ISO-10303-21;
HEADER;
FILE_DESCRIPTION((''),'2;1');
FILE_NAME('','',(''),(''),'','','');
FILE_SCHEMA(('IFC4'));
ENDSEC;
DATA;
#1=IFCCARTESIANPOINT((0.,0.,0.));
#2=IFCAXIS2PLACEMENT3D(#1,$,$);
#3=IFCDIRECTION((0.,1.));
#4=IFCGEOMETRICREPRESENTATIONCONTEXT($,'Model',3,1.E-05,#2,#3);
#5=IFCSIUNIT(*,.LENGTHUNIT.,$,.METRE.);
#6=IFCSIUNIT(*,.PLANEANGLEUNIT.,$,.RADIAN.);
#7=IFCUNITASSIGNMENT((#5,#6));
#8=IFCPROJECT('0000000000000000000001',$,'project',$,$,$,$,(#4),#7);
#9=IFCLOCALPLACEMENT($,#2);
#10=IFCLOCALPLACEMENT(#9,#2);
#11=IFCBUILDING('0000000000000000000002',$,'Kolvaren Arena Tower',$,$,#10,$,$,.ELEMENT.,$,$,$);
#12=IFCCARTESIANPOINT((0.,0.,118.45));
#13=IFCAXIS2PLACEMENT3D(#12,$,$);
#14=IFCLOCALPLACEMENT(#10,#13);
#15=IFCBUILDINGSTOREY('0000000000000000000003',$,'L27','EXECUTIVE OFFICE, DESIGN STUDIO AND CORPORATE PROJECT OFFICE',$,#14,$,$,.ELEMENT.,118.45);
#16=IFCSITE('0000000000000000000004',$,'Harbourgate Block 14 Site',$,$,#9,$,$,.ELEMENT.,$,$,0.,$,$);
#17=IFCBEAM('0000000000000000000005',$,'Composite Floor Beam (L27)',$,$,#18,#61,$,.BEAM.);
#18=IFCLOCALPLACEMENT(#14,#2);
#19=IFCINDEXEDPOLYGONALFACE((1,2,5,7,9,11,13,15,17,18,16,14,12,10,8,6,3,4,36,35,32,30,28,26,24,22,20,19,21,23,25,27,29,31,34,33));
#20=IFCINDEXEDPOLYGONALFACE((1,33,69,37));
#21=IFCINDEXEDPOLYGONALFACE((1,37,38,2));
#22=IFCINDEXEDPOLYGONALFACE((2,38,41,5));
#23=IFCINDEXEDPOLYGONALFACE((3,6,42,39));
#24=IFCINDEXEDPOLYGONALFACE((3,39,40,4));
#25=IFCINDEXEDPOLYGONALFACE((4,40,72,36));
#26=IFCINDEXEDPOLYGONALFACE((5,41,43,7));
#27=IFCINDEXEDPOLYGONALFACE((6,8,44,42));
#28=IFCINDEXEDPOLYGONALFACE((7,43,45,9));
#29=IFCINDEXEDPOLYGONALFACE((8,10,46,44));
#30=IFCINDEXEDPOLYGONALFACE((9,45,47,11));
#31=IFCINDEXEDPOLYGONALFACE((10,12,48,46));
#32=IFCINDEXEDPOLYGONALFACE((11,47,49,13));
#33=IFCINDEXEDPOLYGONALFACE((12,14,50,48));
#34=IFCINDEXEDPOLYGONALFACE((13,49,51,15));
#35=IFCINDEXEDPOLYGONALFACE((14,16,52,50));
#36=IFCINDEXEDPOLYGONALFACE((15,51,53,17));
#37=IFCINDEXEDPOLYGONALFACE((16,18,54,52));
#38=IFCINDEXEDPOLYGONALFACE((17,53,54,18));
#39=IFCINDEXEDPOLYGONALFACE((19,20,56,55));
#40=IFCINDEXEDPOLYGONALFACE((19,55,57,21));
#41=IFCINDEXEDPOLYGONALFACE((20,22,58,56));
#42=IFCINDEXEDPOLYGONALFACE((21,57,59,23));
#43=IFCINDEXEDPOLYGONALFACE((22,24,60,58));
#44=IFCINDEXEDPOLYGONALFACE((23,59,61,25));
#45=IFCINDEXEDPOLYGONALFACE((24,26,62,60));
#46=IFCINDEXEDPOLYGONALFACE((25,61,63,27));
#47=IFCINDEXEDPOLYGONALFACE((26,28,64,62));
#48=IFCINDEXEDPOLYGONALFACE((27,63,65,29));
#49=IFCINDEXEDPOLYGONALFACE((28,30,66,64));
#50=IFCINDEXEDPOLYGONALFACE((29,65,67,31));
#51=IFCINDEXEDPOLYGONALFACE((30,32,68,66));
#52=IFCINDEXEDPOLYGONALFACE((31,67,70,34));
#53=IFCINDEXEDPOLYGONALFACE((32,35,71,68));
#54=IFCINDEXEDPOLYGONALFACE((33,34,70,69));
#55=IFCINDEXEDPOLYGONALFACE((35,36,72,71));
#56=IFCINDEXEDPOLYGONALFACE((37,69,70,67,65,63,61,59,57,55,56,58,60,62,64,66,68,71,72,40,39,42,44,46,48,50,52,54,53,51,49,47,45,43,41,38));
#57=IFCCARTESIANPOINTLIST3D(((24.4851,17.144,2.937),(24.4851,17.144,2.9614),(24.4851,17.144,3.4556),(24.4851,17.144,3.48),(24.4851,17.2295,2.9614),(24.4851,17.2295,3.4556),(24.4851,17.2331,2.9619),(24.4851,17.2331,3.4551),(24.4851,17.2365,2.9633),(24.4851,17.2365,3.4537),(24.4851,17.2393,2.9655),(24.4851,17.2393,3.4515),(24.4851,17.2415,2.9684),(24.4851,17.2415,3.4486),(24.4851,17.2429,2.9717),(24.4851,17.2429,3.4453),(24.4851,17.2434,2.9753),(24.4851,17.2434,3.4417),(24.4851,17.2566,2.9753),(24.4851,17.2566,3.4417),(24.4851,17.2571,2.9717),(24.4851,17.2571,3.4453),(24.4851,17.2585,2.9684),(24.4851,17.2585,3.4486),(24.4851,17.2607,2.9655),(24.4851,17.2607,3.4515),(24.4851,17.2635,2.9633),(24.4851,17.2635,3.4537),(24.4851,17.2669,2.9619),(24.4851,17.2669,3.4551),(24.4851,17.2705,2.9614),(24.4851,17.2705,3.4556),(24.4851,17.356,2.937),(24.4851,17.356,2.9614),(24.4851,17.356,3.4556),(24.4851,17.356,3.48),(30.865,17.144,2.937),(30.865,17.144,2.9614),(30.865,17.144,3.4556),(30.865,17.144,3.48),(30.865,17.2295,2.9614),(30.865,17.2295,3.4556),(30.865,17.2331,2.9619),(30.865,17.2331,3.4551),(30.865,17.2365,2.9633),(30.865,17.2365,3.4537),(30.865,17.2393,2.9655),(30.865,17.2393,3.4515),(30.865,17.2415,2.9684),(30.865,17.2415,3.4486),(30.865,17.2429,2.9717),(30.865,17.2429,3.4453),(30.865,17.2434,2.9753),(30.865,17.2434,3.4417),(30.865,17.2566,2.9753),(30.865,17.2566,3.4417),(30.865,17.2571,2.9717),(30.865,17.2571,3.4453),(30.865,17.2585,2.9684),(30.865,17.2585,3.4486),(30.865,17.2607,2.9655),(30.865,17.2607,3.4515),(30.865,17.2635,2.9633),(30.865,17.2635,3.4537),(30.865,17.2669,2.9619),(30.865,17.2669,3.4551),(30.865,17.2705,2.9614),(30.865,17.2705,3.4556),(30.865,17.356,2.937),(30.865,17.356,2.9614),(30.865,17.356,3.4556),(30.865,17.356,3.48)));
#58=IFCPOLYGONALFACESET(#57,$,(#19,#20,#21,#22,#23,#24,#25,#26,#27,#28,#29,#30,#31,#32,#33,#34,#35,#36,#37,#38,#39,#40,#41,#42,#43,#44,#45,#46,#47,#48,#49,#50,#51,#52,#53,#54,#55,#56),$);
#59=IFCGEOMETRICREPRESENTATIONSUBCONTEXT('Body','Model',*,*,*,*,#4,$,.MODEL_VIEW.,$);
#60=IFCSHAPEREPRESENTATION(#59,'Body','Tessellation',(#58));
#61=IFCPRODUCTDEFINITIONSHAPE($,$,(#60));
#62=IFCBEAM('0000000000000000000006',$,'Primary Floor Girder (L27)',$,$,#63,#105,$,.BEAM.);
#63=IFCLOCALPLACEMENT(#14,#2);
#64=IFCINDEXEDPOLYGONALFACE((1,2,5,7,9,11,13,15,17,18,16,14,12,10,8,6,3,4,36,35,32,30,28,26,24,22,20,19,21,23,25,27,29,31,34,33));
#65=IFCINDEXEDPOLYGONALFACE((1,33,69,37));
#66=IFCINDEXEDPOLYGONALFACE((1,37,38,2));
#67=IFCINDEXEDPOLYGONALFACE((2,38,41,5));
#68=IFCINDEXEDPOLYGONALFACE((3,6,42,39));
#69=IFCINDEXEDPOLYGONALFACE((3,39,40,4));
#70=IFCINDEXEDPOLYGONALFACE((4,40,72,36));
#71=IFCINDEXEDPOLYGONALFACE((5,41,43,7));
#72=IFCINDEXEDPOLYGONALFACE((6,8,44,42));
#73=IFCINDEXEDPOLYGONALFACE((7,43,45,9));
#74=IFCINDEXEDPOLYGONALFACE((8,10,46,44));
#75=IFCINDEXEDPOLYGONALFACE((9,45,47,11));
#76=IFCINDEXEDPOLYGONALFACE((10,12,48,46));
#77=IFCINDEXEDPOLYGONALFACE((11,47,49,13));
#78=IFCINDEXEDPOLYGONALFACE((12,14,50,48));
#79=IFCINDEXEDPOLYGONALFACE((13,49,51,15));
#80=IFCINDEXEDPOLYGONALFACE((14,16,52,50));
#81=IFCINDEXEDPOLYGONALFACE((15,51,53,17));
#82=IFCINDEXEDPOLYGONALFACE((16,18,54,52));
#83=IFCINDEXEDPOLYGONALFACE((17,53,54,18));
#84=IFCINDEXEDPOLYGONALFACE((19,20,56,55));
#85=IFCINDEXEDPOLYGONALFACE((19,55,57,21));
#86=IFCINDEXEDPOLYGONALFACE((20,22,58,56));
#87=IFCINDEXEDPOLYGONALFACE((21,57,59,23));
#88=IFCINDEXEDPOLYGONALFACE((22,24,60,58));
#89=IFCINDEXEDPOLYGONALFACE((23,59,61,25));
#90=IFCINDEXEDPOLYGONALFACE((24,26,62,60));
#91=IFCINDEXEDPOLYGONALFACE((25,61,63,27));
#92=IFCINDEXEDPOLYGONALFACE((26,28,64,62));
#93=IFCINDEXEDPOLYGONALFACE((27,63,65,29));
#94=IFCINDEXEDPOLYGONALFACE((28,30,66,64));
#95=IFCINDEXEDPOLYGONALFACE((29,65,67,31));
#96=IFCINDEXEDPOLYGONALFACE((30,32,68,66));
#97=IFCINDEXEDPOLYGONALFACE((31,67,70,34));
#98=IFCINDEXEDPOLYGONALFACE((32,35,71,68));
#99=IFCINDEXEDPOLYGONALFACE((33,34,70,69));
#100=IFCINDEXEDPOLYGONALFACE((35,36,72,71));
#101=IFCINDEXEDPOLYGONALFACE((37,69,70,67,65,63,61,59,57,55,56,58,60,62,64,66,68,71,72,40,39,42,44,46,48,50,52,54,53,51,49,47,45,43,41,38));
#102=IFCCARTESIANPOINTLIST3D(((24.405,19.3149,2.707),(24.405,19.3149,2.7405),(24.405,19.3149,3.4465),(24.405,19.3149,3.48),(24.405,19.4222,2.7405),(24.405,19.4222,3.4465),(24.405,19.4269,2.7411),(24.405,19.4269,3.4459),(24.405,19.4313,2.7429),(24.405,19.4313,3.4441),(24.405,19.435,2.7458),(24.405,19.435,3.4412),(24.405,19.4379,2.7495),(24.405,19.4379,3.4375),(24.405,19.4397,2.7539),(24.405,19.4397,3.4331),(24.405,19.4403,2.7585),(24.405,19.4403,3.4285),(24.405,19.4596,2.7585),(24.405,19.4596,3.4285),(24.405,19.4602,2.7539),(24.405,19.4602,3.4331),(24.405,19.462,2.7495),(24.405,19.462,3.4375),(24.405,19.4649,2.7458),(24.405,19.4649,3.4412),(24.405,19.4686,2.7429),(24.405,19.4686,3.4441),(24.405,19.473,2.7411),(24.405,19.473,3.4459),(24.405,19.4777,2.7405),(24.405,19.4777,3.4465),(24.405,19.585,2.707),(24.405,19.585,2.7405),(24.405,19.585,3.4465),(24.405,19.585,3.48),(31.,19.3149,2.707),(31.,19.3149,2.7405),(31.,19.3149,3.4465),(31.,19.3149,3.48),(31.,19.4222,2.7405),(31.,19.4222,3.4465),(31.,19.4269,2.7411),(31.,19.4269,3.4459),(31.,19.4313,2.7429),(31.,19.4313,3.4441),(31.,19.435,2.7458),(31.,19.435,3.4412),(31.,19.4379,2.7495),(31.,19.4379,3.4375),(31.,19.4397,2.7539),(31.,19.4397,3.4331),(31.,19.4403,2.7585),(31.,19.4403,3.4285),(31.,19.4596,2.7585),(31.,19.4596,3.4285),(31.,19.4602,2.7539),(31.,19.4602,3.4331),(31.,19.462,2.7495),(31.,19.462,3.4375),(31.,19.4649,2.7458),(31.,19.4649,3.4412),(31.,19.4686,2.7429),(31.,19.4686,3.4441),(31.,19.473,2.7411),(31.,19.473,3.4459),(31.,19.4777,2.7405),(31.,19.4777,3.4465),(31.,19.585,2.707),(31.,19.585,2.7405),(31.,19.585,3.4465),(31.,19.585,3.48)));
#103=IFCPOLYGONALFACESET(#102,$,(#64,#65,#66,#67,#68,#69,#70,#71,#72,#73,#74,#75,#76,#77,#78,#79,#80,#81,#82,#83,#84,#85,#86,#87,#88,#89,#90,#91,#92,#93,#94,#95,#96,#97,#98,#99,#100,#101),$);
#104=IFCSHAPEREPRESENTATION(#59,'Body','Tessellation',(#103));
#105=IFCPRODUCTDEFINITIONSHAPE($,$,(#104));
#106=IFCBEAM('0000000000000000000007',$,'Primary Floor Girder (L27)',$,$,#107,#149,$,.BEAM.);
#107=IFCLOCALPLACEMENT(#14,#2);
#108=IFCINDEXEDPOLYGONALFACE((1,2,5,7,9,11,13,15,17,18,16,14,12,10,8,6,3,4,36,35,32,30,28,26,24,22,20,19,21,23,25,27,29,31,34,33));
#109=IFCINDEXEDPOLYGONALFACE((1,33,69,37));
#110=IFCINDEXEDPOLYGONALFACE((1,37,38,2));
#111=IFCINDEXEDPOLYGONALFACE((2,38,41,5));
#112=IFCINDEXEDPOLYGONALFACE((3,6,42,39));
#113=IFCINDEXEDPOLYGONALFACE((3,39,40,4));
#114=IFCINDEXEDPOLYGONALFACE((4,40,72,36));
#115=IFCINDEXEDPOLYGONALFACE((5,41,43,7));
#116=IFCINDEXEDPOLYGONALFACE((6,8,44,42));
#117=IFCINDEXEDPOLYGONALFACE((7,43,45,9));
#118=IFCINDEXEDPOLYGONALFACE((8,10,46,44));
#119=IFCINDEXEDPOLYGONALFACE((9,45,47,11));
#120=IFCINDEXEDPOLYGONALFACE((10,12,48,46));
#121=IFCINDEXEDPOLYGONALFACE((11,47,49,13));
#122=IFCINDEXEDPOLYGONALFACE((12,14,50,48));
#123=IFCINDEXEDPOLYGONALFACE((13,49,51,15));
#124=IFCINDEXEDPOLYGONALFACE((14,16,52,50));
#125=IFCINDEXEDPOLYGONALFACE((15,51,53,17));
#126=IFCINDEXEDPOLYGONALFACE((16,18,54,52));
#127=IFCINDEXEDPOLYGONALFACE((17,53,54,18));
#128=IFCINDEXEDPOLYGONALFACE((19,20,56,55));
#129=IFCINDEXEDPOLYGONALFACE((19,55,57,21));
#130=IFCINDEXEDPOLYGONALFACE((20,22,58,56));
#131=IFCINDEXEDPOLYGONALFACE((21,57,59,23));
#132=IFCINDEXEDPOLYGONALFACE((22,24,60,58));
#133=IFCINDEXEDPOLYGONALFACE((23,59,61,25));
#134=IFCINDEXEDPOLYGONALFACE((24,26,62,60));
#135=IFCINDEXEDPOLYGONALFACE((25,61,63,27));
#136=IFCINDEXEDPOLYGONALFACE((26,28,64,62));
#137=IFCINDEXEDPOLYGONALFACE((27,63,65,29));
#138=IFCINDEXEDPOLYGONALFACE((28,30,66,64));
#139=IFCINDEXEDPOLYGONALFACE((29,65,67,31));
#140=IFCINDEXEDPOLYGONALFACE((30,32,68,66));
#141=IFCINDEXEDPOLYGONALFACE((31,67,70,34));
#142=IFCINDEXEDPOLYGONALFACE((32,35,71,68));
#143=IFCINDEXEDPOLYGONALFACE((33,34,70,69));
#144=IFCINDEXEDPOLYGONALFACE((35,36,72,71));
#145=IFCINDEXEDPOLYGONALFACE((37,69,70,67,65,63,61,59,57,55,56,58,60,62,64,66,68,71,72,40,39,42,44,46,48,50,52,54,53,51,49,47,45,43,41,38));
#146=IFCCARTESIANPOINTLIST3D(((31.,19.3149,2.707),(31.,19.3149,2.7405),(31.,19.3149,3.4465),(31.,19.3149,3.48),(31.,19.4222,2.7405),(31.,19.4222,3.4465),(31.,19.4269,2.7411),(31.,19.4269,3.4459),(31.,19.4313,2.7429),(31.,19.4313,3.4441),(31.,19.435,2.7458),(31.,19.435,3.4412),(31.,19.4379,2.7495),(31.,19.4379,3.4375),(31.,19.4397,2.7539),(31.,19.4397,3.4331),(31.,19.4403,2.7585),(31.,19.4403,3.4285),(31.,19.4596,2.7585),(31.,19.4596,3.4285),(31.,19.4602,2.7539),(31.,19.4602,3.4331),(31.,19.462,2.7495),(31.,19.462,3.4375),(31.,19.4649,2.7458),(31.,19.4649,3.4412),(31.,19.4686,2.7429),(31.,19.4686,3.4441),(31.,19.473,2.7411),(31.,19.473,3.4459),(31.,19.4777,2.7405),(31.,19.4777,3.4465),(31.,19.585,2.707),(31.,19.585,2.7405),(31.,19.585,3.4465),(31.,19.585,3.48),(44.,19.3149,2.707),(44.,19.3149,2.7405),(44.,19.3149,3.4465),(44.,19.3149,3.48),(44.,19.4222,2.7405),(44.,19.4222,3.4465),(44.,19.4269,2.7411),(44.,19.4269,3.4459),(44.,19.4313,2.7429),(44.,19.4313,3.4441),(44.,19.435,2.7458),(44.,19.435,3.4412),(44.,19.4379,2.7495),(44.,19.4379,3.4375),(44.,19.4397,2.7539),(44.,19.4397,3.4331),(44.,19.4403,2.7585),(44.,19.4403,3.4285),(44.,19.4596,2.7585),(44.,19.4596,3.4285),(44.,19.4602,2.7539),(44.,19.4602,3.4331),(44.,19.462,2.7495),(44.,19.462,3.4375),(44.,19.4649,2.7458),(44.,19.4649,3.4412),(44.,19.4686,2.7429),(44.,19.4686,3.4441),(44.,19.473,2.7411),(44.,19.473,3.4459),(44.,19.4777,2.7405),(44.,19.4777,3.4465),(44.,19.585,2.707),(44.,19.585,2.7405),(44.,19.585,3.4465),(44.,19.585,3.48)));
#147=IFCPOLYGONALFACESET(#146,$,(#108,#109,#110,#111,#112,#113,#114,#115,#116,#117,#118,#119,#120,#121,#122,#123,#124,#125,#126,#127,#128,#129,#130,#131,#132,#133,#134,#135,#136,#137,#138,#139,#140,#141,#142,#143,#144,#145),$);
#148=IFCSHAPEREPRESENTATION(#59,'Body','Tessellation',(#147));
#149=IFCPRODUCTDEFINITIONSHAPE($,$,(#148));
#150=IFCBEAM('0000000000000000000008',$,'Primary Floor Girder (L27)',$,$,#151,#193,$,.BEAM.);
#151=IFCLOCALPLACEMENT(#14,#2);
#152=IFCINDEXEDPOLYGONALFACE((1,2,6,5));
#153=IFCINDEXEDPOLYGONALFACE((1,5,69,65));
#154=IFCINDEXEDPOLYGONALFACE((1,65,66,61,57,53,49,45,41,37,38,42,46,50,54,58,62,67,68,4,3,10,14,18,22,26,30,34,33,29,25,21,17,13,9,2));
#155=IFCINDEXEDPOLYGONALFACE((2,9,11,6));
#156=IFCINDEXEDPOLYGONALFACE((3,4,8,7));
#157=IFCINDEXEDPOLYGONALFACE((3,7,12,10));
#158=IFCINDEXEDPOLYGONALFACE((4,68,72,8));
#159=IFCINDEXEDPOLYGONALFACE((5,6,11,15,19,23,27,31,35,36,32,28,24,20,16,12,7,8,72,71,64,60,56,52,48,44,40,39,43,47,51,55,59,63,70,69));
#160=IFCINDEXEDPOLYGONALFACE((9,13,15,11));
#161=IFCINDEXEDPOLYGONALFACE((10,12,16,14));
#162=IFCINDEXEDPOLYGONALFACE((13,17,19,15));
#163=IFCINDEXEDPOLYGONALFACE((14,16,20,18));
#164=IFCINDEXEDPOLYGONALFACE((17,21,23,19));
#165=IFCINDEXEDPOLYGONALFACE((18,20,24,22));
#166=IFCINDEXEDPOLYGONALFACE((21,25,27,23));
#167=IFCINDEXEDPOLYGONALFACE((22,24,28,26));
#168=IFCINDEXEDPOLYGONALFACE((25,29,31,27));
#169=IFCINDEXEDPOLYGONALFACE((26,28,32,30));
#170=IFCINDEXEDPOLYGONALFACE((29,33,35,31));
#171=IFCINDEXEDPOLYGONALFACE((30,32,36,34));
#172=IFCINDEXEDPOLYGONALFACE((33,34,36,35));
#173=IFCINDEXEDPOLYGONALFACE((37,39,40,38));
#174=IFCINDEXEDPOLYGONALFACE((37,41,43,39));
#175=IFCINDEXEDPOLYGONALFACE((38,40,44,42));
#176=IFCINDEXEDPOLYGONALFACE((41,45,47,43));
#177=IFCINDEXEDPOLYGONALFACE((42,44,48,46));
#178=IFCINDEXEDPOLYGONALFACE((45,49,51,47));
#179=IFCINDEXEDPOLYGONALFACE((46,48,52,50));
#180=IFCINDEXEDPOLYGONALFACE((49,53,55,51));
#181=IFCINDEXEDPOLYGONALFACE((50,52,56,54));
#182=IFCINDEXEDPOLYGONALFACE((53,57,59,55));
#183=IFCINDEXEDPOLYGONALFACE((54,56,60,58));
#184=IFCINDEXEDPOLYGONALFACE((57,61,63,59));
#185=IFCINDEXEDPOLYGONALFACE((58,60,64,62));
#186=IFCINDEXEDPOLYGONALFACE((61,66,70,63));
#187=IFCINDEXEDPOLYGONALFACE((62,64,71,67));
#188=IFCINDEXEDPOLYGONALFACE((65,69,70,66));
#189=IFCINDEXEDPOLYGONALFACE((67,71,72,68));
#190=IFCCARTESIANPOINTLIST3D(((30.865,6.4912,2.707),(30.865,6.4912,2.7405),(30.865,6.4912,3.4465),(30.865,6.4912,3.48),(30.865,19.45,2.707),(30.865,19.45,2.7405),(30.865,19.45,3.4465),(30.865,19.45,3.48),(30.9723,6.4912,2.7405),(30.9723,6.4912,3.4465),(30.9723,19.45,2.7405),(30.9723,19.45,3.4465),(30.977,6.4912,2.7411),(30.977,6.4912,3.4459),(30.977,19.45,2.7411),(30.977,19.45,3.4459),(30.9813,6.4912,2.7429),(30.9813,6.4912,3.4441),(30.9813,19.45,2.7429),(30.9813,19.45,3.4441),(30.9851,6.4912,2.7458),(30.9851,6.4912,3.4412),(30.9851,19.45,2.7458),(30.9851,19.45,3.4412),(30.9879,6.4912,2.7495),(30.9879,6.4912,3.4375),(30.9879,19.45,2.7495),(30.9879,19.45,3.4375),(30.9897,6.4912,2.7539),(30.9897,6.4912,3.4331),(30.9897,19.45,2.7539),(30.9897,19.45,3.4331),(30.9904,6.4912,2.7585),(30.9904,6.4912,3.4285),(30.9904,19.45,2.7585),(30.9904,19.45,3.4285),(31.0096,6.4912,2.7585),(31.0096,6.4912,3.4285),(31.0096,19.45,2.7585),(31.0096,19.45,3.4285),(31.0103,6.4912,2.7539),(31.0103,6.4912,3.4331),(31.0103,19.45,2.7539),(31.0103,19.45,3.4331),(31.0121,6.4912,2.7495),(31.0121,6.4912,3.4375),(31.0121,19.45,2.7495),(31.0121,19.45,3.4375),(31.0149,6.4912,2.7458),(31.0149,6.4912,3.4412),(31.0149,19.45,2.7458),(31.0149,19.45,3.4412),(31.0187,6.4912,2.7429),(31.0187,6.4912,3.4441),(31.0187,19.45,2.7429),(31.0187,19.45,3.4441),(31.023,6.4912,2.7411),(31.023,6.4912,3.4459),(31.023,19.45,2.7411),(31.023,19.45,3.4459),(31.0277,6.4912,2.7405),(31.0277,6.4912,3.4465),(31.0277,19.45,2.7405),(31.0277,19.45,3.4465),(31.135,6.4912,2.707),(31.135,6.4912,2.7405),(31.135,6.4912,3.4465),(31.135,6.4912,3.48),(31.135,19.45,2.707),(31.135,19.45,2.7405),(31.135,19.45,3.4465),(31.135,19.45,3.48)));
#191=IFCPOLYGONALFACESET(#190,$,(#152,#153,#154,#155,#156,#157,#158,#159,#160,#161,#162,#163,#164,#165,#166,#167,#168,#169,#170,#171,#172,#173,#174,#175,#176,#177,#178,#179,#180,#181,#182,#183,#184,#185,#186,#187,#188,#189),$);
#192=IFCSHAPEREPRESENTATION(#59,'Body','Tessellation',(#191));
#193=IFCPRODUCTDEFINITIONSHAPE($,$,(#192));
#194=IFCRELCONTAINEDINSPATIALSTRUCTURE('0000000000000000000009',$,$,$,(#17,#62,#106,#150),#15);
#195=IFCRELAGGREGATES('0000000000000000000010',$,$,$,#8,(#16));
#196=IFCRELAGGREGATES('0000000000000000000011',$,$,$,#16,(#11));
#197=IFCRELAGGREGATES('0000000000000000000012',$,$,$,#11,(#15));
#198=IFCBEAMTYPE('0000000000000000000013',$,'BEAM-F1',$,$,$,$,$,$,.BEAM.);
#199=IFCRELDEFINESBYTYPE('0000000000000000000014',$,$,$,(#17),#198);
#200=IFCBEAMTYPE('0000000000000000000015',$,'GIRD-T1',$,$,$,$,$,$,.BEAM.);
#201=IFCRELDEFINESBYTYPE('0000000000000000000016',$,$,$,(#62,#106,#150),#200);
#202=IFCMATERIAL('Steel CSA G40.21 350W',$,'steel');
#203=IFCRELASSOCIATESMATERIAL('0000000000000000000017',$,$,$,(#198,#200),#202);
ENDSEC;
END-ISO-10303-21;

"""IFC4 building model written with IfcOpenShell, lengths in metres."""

from ifc_helpers import new_model, si_unit, direction, frame, origin, origin_2d, place, context, subcontext, project, spatial, i_section, extrude, material, material_profile, profile_set, type_object, element, save


model = new_model("IFC4")

# Units and contexts
model_context = context("Model", 3, precision=1e-05, world=origin(), true_north=direction((0.0, 1.0)))
body_context = subcontext(model_context, "Body", "Model", "MODEL_VIEW")
ifc_project = project(units=[si_unit("LENGTHUNIT", "METRE"), si_unit("PLANEANGLEUNIT", "RADIAN")], contexts=[model_context])

# Site, building, storey
site_placement = place(None, origin())
site = spatial("IfcSite", under=ifc_project, at=site_placement, Name="Harbourgate Block 14 Site", CompositionType="ELEMENT", RefElevation=0.0)
building_placement = place(site_placement, origin())
building = spatial("IfcBuilding", under=site, at=building_placement, Name="Kolvaren Arena Tower", CompositionType="ELEMENT")
storey_placement = place(building_placement, frame((0.0, 0.0, 118.45)))
storey = spatial("IfcBuildingStorey", under=building, at=storey_placement, Name="L27", Description="EXECUTIVE OFFICE, DESIGN STUDIO AND CORPORATE PROJECT OFFICE", CompositionType="ELEMENT", Elevation=118.45)

# Beams
ifc_material_1 = material(Name="Steel CSA G40.21 350W", Category="steel")
ifc_material_profile_1 = material_profile(ifc_material_1, i_section(OverallWidth=0.2119, OverallDepth=0.543, WebThickness=0.0132, FlangeThickness=0.0244, FilletRadius=0.0139, at=origin_2d()), Name="W530x150")
ifc_profile_set_1 = profile_set([ifc_material_profile_1], Name="Steel CSA G40.21 350W")
beam_type_1 = type_object("IfcBeamType", Name="BEAM-F1", PredefinedType="BEAM", material=ifc_profile_set_1)
beam_1_placement = place(storey_placement, frame((24.4851, 17.25, 3.2085), z_axis=(1.0, 0.0, 0.0), x_axis=(0.0, 1.0, 0.0)))
element("IfcBeam", 1, at=beam_1_placement, inside=storey, type_object=beam_type_1, Name="Composite Floor Beam (L27)", PredefinedType="BEAM", context=body_context, shape_type="SweptSolid", body=[
    extrude(i_section(OverallWidth=0.2119, OverallDepth=0.543, WebThickness=0.0132, FlangeThickness=0.0244, FilletRadius=0.0139, at=origin_2d()), origin(), (0.0, 0.0, 1.0), 6.3799),
])
ifc_material_profile_2 = material_profile(ifc_material_1, i_section(OverallWidth=0.27, OverallDepth=0.7729, WebThickness=0.0193, FlangeThickness=0.0334, FilletRadius=0.0181, at=origin_2d()), Name="W760x257")
ifc_profile_set_2 = profile_set([ifc_material_profile_2], Name="Steel CSA G40.21 350W")
beam_type_2 = type_object("IfcBeamType", Name="GIRD-T1", PredefinedType="BEAM", material=ifc_profile_set_2)
beam_2_placement = place(storey_placement, frame((24.405, 19.45, 3.0935), z_axis=(1.0, 0.0, 0.0), x_axis=(0.0, 1.0, 0.0)))
element("IfcBeam", 2, at=beam_2_placement, inside=storey, type_object=beam_type_2, Name="Primary Floor Girder (L27)", PredefinedType="BEAM", context=body_context, shape_type="SweptSolid", body=[
    extrude(i_section(OverallWidth=0.27, OverallDepth=0.7729, WebThickness=0.0193, FlangeThickness=0.0334, FilletRadius=0.0181, at=origin_2d()), origin(), (0.0, 0.0, 1.0), 6.595),
])
beam_3_placement = place(storey_placement, frame((31.0, 19.45, 3.0935), z_axis=(1.0, 0.0, 0.0), x_axis=(0.0, 1.0, 0.0)))
element("IfcBeam", 3, at=beam_3_placement, inside=storey, type_object=beam_type_2, Name="Primary Floor Girder (L27)", PredefinedType="BEAM", context=body_context, shape_type="SweptSolid", body=[
    extrude(i_section(OverallWidth=0.27, OverallDepth=0.7729, WebThickness=0.0193, FlangeThickness=0.0334, FilletRadius=0.0181, at=origin_2d()), origin(), (0.0, 0.0, 1.0), 13.0),
])
beam_4_placement = place(storey_placement, frame((31.0, 6.4912, 3.0935), z_axis=(0.0, 1.0, 0.0), x_axis=(-1.0, 0.0, 0.0)))
element("IfcBeam", 4, at=beam_4_placement, inside=storey, type_object=beam_type_2, Name="Primary Floor Girder (L27)", PredefinedType="BEAM", context=body_context, shape_type="SweptSolid", body=[
    extrude(i_section(OverallWidth=0.27, OverallDepth=0.7729, WebThickness=0.0193, FlangeThickness=0.0334, FilletRadius=0.0181, at=origin_2d()), origin(), (0.0, 0.0, 1.0), 12.9587),
])

save(model, "model.ifc")
